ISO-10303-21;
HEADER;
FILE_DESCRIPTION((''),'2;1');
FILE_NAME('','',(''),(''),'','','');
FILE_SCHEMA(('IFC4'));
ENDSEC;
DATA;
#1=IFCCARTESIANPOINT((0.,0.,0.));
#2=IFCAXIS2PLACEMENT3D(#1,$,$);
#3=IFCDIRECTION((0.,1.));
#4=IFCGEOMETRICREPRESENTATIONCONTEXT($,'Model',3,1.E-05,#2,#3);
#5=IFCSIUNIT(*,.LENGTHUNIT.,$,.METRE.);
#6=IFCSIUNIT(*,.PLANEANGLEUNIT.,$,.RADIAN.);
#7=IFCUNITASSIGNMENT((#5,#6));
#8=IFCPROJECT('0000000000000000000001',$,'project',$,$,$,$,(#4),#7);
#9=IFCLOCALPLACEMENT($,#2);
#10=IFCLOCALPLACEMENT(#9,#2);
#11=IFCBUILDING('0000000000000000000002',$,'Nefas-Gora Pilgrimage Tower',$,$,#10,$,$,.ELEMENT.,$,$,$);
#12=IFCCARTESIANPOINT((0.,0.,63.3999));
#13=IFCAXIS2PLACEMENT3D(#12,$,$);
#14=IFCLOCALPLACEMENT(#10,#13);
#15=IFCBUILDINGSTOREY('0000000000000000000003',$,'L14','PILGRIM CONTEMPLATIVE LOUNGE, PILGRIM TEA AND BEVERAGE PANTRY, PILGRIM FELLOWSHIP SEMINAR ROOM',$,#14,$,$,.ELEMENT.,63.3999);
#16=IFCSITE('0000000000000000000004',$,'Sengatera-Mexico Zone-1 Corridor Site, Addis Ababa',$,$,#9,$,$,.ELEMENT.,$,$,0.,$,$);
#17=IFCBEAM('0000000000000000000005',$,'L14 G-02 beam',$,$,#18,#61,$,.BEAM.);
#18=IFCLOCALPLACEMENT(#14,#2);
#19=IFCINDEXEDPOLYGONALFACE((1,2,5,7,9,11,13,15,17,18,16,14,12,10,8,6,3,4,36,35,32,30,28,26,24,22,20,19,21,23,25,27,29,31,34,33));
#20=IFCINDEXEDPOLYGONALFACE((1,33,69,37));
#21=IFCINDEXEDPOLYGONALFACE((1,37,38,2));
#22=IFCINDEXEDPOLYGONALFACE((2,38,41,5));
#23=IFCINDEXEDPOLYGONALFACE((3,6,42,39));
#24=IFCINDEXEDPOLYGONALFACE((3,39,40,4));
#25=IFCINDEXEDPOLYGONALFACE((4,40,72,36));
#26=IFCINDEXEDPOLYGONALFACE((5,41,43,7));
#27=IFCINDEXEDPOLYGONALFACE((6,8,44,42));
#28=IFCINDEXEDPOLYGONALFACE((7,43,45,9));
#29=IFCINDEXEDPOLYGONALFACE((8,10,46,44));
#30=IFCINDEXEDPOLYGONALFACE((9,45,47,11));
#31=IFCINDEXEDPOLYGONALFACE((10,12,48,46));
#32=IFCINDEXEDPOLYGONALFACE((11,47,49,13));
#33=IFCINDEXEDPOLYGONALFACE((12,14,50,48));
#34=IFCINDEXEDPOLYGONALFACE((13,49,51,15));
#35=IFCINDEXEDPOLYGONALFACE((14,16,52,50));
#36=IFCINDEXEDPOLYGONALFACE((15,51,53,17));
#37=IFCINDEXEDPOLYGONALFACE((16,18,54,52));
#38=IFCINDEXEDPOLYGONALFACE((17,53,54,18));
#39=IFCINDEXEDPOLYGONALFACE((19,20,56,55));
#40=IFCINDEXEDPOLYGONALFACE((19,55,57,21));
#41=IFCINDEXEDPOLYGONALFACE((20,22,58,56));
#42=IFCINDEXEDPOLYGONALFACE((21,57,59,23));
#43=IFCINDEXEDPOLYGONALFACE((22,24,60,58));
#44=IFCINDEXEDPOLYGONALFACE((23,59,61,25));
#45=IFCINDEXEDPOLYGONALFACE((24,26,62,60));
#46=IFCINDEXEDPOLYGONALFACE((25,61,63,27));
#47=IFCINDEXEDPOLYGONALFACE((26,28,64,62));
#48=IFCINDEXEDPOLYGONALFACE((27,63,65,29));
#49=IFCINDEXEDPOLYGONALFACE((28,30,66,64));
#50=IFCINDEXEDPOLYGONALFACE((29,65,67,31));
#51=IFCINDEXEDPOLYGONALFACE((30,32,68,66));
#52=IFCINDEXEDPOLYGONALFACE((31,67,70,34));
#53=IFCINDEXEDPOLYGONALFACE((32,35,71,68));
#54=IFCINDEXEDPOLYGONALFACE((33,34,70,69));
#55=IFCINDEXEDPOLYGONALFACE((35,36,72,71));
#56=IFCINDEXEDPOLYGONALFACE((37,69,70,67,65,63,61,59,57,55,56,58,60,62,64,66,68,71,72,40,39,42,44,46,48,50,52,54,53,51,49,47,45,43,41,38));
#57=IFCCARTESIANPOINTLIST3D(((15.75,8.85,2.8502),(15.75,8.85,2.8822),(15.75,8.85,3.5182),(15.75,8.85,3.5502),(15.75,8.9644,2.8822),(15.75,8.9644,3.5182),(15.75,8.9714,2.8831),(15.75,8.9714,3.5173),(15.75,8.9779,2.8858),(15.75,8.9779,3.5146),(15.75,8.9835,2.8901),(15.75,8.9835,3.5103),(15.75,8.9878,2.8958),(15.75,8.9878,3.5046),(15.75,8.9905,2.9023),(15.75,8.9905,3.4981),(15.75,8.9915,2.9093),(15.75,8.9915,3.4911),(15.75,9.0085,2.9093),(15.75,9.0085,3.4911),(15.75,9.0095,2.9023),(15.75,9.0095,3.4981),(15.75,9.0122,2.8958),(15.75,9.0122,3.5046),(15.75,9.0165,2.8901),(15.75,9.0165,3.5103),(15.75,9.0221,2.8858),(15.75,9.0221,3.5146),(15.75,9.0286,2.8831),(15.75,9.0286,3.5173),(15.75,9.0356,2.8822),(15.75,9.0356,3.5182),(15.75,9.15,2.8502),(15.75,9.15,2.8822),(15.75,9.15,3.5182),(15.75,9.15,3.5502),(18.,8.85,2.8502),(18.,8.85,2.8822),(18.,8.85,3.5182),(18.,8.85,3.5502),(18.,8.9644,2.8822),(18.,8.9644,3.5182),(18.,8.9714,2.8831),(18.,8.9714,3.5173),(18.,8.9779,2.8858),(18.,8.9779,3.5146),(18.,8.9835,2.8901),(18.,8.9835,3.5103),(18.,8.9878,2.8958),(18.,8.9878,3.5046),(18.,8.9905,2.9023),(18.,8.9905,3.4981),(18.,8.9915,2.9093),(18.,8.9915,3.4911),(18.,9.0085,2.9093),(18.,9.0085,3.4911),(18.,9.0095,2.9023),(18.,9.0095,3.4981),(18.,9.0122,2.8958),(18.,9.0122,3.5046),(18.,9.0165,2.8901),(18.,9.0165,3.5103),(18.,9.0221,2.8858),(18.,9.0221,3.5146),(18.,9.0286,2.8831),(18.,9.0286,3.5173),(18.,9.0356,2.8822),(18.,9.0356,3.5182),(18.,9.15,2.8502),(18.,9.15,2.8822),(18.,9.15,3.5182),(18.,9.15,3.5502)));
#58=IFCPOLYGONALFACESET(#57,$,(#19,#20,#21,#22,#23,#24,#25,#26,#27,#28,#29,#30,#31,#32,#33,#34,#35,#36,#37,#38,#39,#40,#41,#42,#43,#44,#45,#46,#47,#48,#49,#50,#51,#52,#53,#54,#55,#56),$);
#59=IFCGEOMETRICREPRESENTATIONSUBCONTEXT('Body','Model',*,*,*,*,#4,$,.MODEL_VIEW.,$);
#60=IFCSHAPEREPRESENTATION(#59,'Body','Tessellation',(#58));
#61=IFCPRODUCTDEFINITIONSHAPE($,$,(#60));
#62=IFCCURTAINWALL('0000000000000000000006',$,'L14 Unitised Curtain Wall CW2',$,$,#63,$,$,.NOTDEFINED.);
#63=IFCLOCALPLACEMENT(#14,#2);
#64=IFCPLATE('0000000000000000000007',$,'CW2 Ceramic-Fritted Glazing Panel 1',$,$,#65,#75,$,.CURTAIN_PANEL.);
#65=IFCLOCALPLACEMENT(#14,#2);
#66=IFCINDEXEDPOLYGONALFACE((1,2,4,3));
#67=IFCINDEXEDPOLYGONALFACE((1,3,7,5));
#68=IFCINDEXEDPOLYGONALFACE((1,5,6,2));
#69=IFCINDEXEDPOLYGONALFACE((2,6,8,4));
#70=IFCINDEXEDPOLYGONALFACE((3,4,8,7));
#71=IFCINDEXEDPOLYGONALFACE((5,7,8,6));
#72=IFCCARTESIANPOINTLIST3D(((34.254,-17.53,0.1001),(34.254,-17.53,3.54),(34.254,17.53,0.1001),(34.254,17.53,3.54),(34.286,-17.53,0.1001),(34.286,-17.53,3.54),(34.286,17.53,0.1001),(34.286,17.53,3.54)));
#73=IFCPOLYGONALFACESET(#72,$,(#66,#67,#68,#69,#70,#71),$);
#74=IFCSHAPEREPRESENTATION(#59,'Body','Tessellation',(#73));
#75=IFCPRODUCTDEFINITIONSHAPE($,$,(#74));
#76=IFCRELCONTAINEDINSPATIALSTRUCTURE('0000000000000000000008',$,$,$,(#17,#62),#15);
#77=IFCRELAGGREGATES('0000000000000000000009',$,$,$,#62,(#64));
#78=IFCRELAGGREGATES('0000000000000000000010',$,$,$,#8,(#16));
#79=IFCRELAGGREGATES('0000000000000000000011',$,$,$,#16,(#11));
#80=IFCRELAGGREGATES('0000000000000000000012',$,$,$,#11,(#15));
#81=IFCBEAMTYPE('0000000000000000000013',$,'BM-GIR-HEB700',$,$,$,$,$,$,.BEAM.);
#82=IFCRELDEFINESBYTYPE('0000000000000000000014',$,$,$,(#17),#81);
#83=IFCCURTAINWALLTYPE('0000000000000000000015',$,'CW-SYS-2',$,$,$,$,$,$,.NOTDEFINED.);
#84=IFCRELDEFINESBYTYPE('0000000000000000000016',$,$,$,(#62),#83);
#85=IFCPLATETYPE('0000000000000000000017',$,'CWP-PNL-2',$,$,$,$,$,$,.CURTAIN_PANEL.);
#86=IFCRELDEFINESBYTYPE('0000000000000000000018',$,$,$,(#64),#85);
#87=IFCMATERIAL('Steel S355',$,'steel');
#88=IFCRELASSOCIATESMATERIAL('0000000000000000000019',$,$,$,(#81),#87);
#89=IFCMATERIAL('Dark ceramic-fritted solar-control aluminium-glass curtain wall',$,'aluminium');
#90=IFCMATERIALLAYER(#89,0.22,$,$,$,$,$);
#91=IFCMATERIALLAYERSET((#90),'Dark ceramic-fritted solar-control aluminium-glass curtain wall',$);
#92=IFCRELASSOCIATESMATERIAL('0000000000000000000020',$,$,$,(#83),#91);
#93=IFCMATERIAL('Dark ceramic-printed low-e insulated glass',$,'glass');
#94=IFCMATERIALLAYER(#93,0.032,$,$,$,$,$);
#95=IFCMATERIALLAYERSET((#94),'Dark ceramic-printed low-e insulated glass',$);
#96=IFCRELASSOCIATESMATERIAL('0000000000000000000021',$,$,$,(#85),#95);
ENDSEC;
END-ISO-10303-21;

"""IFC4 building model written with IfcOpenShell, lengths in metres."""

from ifc_helpers import new_model, si_unit, direction, frame, origin, origin_2d, place, context, subcontext, project, spatial, rectangle, i_section, extrude, source, transform, mapped, material, layer, layer_set, material_profile, profile_set, type_object, element, aggregate, save


model = new_model("IFC4")

# Units and contexts
model_context = context("Model", 3, precision=1e-05, world=origin(), true_north=direction((0.0, 1.0)))
body_context = subcontext(model_context, "Body", "Model", "MODEL_VIEW")
ifc_project = project(units=[si_unit("LENGTHUNIT", "METRE"), si_unit("PLANEANGLEUNIT", "RADIAN")], contexts=[model_context])

# Site, building, storey
site_placement = place(None, origin())
site = spatial("IfcSite", under=ifc_project, at=site_placement, Name="Sengatera-Mexico Zone-1 Corridor Site, Addis Ababa", CompositionType="ELEMENT", RefElevation=0.0)
building_placement = place(site_placement, origin())
building = spatial("IfcBuilding", under=site, at=building_placement, Name="Nefas-Gora Pilgrimage Tower", CompositionType="ELEMENT")
storey_placement = place(building_placement, frame((0.0, 0.0, 63.3999)))
storey = spatial("IfcBuildingStorey", under=building, at=storey_placement, Name="L14", Description="PILGRIM CONTEMPLATIVE LOUNGE, PILGRIM TEA AND BEVERAGE PANTRY, PILGRIM FELLOWSHIP SEMINAR ROOM", CompositionType="ELEMENT", Elevation=63.3999)

# Beam
ifc_material_1 = material(Name="Steel S355", Category="steel")
ifc_material_profile_1 = material_profile(ifc_material_1, i_section(OverallWidth=0.3, OverallDepth=0.7, WebThickness=0.0171, FlangeThickness=0.032, FilletRadius=0.0271, at=origin_2d()), Name="HEB 700")
ifc_profile_set_1 = profile_set([ifc_material_profile_1], Name="Steel S355")
beam_type_1 = type_object("IfcBeamType", Name="BM-GIR-HEB700", PredefinedType="BEAM", material=ifc_profile_set_1)
shared_shape_1 = source(origin(), body_context, "Body", "SweptSolid", [
    extrude(i_section(OverallWidth=0.3, OverallDepth=0.7, WebThickness=0.0171, FlangeThickness=0.032, FilletRadius=0.0271, at=origin_2d()), origin(), (0.0, 0.0, 1.0), 2.25),
])
for number, where, z_axis, x_axis, name in (
    (1, (15.75, 9.0, 3.2002), (1.0, 0.0, 0.0), (0.0, 1.0, 0.0), "L14 G-02 beam"),
):
    element("IfcBeam", number, at=place(storey_placement, frame(where, z_axis=z_axis, x_axis=x_axis)), inside=storey, type_object=beam_type_1, Name=name, PredefinedType="BEAM", context=body_context, shape_type="MappedRepresentation", body=[
        mapped(shared_shape_1, transform((0.0, 0.0, 0.0), x_axis=(1.0, 0.0, 0.0), y_axis=(0.0, 1.0, 0.0), z_axis=(0.0, 0.0, 1.0), scale=1.0)),
    ])

# Curtain wall, plate
ifc_material_2 = material(Name="Dark ceramic-fritted solar-control aluminium-glass curtain wall", Category="aluminium")
ifc_layer_1 = layer(ifc_material_2, 0.22)
ifc_layer_set_1 = layer_set([ifc_layer_1], Name="Dark ceramic-fritted solar-control aluminium-glass curtain wall")
curtain_wall_type = type_object("IfcCurtainWallType", Name="CW-SYS-2", PredefinedType="NOTDEFINED", material=ifc_layer_set_1)
curtain_wall_placement = place(storey_placement, origin())
curtain_wall = element("IfcCurtainWall", 2, at=curtain_wall_placement, inside=storey, type_object=curtain_wall_type, Name="L14 Unitised Curtain Wall CW2", PredefinedType="NOTDEFINED")
ifc_material_3 = material(Name="Dark ceramic-printed low-e insulated glass", Category="glass")
ifc_layer_2 = layer(ifc_material_3, 0.032)
ifc_layer_set_2 = layer_set([ifc_layer_2], Name="Dark ceramic-printed low-e insulated glass")
plate_type = type_object("IfcPlateType", Name="CWP-PNL-2", PredefinedType="CURTAIN_PANEL", material=ifc_layer_set_2)
shared_shape_2 = source(origin(), body_context, "Body", "SweptSolid", [
    extrude(rectangle(XDim=35.0601, YDim=0.032, at=origin_2d()), origin(), (0.0, 0.0, 1.0), 3.4399),
])
plate_placement = place(storey_placement, frame((34.27, 0.0, 0.1001), z_axis=(0.0, 0.0, 1.0), x_axis=(0.0, 1.0, 0.0)))
plate = element("IfcPlate", 3, at=plate_placement, type_object=plate_type, Name="CW2 Ceramic-Fritted Glazing Panel 1", PredefinedType="CURTAIN_PANEL", context=body_context, shape_type="MappedRepresentation", body=[
    mapped(shared_shape_2, transform((0.0, 0.0, 0.0), x_axis=(1.0, 0.0, 0.0), y_axis=(0.0, 1.0, 0.0), z_axis=(0.0, 0.0, 1.0), scale=1.0)),
])
aggregate(curtain_wall, [plate])

save(model, "model.ifc")
